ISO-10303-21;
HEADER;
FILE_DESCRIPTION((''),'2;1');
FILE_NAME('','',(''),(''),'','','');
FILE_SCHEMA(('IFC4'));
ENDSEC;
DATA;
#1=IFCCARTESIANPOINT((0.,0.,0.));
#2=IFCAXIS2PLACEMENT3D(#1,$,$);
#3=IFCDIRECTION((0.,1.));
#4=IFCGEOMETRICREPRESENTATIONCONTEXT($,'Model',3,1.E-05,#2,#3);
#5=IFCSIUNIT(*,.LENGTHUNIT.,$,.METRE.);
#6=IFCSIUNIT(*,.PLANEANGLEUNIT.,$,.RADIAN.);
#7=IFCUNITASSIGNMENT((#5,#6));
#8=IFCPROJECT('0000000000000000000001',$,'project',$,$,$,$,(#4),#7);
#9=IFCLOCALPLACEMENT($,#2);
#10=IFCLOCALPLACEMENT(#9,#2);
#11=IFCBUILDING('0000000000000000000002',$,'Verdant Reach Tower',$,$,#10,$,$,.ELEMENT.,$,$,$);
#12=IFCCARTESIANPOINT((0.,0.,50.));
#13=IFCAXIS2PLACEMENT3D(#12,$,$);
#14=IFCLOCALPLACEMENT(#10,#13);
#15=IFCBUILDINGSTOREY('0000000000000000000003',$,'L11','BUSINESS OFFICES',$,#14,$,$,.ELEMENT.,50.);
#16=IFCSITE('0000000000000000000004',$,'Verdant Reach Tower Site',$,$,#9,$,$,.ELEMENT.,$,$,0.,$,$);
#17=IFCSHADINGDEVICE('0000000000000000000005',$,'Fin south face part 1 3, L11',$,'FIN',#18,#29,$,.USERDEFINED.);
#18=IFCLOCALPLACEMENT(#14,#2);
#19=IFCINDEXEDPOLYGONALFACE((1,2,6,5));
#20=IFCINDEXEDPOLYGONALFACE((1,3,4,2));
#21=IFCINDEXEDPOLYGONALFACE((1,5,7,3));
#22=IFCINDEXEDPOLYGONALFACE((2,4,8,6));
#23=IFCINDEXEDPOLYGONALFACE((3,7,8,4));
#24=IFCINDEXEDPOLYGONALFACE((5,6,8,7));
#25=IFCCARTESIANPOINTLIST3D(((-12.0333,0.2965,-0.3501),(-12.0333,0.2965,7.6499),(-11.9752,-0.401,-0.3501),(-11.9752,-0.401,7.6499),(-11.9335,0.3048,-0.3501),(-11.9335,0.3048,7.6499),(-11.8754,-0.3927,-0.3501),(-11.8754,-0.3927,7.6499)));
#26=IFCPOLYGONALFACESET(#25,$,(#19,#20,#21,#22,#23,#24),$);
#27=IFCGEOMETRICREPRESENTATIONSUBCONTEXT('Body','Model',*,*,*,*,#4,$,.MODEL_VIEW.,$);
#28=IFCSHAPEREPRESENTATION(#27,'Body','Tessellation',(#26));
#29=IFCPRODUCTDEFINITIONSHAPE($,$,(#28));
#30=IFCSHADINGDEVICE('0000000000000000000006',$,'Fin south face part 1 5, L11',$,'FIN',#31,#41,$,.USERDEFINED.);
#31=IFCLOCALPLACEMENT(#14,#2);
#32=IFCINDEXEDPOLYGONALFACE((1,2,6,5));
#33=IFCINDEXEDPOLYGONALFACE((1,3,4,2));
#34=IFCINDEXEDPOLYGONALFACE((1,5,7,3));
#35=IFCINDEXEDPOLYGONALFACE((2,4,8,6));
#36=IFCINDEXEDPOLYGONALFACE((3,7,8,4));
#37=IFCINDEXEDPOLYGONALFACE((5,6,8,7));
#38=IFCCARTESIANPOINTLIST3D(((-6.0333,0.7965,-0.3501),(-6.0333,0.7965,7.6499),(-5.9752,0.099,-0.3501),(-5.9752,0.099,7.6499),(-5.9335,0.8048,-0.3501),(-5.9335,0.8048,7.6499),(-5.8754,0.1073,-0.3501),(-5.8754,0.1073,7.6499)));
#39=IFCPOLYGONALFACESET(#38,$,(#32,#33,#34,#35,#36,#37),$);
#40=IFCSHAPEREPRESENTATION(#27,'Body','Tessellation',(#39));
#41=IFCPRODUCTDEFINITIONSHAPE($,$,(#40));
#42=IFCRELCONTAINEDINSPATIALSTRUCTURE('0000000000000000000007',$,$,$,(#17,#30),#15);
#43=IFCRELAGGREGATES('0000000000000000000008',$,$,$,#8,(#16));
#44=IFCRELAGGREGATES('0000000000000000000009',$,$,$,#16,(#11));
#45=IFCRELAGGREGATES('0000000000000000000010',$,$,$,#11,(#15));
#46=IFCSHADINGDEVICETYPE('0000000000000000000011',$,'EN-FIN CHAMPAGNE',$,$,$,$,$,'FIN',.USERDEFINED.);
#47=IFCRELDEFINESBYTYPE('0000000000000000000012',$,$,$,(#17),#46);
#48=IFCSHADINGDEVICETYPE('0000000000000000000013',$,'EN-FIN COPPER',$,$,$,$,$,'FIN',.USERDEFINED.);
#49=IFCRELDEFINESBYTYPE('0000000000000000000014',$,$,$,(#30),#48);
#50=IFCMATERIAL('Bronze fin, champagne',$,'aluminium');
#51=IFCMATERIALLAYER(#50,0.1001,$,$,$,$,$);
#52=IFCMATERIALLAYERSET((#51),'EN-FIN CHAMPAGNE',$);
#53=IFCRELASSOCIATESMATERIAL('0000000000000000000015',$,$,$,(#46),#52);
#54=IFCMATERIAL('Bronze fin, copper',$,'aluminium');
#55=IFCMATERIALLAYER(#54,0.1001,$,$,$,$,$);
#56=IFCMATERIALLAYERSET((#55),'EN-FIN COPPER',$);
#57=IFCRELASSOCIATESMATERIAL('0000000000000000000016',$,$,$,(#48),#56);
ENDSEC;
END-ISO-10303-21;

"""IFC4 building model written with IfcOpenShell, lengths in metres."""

from ifc_helpers import new_model, si_unit, direction, frame, origin, origin_2d, place, context, subcontext, project, spatial, rectangle, extrude, material, layer, layer_set, type_object, element, save


model = new_model("IFC4")

# Units and contexts
model_context = context("Model", 3, precision=1e-05, world=origin(), true_north=direction((0.0, 1.0)))
body_context = subcontext(model_context, "Body", "Model", "MODEL_VIEW")
ifc_project = project(units=[si_unit("LENGTHUNIT", "METRE"), si_unit("PLANEANGLEUNIT", "RADIAN")], contexts=[model_context])

# Site, building, storey
site_placement = place(None, origin())
site = spatial("IfcSite", under=ifc_project, at=site_placement, Name="Verdant Reach Tower Site", CompositionType="ELEMENT", RefElevation=0.0)
building_placement = place(site_placement, origin())
building = spatial("IfcBuilding", under=site, at=building_placement, Name="Verdant Reach Tower", CompositionType="ELEMENT")
storey_placement = place(building_placement, frame((0.0, 0.0, 50.0)))
storey = spatial("IfcBuildingStorey", under=building, at=storey_placement, Name="L11", Description="BUSINESS OFFICES", CompositionType="ELEMENT", Elevation=50.0)

# Shading devices
ifc_material_1 = material(Name="Bronze fin, champagne", Category="aluminium")
ifc_layer_1 = layer(ifc_material_1, 0.1001)
ifc_layer_set_1 = layer_set([ifc_layer_1], Name="EN-FIN CHAMPAGNE")
shading_device_type_1 = type_object("IfcShadingDeviceType", Name="EN-FIN CHAMPAGNE", ElementType="FIN", PredefinedType="USERDEFINED", material=ifc_layer_set_1)
shading_device_1_placement = place(storey_placement, frame((-11.9543, -0.0481, -0.3501), z_axis=(0.0, 0.0, 1.0), x_axis=(0.996546, 0.083045, 0.0)))
element("IfcShadingDevice", 1, at=shading_device_1_placement, inside=storey, type_object=shading_device_type_1, Name="Fin south face part 1 3, L11", ObjectType="FIN", PredefinedType="USERDEFINED", context=body_context, shape_type="SweptSolid", body=[
    extrude(rectangle(XDim=0.1001, YDim=0.7, at=origin_2d()), origin(), (0.0, 0.0, 1.0), 8.0),
])
ifc_material_2 = material(Name="Bronze fin, copper", Category="aluminium")
ifc_layer_2 = layer(ifc_material_2, 0.1001)
ifc_layer_set_2 = layer_set([ifc_layer_2], Name="EN-FIN COPPER")
shading_device_type_2 = type_object("IfcShadingDeviceType", Name="EN-FIN COPPER", ElementType="FIN", PredefinedType="USERDEFINED", material=ifc_layer_set_2)
shading_device_2_placement = place(storey_placement, frame((-5.9543, 0.4519, -0.3501), z_axis=(0.0, 0.0, 1.0), x_axis=(0.996546, 0.083045, 0.0)))
element("IfcShadingDevice", 2, at=shading_device_2_placement, inside=storey, type_object=shading_device_type_2, Name="Fin south face part 1 5, L11", ObjectType="FIN", PredefinedType="USERDEFINED", context=body_context, shape_type="SweptSolid", body=[
    extrude(rectangle(XDim=0.1001, YDim=0.7, at=origin_2d()), origin(), (0.0, 0.0, 1.0), 8.0),
])

save(model, "model.ifc")
